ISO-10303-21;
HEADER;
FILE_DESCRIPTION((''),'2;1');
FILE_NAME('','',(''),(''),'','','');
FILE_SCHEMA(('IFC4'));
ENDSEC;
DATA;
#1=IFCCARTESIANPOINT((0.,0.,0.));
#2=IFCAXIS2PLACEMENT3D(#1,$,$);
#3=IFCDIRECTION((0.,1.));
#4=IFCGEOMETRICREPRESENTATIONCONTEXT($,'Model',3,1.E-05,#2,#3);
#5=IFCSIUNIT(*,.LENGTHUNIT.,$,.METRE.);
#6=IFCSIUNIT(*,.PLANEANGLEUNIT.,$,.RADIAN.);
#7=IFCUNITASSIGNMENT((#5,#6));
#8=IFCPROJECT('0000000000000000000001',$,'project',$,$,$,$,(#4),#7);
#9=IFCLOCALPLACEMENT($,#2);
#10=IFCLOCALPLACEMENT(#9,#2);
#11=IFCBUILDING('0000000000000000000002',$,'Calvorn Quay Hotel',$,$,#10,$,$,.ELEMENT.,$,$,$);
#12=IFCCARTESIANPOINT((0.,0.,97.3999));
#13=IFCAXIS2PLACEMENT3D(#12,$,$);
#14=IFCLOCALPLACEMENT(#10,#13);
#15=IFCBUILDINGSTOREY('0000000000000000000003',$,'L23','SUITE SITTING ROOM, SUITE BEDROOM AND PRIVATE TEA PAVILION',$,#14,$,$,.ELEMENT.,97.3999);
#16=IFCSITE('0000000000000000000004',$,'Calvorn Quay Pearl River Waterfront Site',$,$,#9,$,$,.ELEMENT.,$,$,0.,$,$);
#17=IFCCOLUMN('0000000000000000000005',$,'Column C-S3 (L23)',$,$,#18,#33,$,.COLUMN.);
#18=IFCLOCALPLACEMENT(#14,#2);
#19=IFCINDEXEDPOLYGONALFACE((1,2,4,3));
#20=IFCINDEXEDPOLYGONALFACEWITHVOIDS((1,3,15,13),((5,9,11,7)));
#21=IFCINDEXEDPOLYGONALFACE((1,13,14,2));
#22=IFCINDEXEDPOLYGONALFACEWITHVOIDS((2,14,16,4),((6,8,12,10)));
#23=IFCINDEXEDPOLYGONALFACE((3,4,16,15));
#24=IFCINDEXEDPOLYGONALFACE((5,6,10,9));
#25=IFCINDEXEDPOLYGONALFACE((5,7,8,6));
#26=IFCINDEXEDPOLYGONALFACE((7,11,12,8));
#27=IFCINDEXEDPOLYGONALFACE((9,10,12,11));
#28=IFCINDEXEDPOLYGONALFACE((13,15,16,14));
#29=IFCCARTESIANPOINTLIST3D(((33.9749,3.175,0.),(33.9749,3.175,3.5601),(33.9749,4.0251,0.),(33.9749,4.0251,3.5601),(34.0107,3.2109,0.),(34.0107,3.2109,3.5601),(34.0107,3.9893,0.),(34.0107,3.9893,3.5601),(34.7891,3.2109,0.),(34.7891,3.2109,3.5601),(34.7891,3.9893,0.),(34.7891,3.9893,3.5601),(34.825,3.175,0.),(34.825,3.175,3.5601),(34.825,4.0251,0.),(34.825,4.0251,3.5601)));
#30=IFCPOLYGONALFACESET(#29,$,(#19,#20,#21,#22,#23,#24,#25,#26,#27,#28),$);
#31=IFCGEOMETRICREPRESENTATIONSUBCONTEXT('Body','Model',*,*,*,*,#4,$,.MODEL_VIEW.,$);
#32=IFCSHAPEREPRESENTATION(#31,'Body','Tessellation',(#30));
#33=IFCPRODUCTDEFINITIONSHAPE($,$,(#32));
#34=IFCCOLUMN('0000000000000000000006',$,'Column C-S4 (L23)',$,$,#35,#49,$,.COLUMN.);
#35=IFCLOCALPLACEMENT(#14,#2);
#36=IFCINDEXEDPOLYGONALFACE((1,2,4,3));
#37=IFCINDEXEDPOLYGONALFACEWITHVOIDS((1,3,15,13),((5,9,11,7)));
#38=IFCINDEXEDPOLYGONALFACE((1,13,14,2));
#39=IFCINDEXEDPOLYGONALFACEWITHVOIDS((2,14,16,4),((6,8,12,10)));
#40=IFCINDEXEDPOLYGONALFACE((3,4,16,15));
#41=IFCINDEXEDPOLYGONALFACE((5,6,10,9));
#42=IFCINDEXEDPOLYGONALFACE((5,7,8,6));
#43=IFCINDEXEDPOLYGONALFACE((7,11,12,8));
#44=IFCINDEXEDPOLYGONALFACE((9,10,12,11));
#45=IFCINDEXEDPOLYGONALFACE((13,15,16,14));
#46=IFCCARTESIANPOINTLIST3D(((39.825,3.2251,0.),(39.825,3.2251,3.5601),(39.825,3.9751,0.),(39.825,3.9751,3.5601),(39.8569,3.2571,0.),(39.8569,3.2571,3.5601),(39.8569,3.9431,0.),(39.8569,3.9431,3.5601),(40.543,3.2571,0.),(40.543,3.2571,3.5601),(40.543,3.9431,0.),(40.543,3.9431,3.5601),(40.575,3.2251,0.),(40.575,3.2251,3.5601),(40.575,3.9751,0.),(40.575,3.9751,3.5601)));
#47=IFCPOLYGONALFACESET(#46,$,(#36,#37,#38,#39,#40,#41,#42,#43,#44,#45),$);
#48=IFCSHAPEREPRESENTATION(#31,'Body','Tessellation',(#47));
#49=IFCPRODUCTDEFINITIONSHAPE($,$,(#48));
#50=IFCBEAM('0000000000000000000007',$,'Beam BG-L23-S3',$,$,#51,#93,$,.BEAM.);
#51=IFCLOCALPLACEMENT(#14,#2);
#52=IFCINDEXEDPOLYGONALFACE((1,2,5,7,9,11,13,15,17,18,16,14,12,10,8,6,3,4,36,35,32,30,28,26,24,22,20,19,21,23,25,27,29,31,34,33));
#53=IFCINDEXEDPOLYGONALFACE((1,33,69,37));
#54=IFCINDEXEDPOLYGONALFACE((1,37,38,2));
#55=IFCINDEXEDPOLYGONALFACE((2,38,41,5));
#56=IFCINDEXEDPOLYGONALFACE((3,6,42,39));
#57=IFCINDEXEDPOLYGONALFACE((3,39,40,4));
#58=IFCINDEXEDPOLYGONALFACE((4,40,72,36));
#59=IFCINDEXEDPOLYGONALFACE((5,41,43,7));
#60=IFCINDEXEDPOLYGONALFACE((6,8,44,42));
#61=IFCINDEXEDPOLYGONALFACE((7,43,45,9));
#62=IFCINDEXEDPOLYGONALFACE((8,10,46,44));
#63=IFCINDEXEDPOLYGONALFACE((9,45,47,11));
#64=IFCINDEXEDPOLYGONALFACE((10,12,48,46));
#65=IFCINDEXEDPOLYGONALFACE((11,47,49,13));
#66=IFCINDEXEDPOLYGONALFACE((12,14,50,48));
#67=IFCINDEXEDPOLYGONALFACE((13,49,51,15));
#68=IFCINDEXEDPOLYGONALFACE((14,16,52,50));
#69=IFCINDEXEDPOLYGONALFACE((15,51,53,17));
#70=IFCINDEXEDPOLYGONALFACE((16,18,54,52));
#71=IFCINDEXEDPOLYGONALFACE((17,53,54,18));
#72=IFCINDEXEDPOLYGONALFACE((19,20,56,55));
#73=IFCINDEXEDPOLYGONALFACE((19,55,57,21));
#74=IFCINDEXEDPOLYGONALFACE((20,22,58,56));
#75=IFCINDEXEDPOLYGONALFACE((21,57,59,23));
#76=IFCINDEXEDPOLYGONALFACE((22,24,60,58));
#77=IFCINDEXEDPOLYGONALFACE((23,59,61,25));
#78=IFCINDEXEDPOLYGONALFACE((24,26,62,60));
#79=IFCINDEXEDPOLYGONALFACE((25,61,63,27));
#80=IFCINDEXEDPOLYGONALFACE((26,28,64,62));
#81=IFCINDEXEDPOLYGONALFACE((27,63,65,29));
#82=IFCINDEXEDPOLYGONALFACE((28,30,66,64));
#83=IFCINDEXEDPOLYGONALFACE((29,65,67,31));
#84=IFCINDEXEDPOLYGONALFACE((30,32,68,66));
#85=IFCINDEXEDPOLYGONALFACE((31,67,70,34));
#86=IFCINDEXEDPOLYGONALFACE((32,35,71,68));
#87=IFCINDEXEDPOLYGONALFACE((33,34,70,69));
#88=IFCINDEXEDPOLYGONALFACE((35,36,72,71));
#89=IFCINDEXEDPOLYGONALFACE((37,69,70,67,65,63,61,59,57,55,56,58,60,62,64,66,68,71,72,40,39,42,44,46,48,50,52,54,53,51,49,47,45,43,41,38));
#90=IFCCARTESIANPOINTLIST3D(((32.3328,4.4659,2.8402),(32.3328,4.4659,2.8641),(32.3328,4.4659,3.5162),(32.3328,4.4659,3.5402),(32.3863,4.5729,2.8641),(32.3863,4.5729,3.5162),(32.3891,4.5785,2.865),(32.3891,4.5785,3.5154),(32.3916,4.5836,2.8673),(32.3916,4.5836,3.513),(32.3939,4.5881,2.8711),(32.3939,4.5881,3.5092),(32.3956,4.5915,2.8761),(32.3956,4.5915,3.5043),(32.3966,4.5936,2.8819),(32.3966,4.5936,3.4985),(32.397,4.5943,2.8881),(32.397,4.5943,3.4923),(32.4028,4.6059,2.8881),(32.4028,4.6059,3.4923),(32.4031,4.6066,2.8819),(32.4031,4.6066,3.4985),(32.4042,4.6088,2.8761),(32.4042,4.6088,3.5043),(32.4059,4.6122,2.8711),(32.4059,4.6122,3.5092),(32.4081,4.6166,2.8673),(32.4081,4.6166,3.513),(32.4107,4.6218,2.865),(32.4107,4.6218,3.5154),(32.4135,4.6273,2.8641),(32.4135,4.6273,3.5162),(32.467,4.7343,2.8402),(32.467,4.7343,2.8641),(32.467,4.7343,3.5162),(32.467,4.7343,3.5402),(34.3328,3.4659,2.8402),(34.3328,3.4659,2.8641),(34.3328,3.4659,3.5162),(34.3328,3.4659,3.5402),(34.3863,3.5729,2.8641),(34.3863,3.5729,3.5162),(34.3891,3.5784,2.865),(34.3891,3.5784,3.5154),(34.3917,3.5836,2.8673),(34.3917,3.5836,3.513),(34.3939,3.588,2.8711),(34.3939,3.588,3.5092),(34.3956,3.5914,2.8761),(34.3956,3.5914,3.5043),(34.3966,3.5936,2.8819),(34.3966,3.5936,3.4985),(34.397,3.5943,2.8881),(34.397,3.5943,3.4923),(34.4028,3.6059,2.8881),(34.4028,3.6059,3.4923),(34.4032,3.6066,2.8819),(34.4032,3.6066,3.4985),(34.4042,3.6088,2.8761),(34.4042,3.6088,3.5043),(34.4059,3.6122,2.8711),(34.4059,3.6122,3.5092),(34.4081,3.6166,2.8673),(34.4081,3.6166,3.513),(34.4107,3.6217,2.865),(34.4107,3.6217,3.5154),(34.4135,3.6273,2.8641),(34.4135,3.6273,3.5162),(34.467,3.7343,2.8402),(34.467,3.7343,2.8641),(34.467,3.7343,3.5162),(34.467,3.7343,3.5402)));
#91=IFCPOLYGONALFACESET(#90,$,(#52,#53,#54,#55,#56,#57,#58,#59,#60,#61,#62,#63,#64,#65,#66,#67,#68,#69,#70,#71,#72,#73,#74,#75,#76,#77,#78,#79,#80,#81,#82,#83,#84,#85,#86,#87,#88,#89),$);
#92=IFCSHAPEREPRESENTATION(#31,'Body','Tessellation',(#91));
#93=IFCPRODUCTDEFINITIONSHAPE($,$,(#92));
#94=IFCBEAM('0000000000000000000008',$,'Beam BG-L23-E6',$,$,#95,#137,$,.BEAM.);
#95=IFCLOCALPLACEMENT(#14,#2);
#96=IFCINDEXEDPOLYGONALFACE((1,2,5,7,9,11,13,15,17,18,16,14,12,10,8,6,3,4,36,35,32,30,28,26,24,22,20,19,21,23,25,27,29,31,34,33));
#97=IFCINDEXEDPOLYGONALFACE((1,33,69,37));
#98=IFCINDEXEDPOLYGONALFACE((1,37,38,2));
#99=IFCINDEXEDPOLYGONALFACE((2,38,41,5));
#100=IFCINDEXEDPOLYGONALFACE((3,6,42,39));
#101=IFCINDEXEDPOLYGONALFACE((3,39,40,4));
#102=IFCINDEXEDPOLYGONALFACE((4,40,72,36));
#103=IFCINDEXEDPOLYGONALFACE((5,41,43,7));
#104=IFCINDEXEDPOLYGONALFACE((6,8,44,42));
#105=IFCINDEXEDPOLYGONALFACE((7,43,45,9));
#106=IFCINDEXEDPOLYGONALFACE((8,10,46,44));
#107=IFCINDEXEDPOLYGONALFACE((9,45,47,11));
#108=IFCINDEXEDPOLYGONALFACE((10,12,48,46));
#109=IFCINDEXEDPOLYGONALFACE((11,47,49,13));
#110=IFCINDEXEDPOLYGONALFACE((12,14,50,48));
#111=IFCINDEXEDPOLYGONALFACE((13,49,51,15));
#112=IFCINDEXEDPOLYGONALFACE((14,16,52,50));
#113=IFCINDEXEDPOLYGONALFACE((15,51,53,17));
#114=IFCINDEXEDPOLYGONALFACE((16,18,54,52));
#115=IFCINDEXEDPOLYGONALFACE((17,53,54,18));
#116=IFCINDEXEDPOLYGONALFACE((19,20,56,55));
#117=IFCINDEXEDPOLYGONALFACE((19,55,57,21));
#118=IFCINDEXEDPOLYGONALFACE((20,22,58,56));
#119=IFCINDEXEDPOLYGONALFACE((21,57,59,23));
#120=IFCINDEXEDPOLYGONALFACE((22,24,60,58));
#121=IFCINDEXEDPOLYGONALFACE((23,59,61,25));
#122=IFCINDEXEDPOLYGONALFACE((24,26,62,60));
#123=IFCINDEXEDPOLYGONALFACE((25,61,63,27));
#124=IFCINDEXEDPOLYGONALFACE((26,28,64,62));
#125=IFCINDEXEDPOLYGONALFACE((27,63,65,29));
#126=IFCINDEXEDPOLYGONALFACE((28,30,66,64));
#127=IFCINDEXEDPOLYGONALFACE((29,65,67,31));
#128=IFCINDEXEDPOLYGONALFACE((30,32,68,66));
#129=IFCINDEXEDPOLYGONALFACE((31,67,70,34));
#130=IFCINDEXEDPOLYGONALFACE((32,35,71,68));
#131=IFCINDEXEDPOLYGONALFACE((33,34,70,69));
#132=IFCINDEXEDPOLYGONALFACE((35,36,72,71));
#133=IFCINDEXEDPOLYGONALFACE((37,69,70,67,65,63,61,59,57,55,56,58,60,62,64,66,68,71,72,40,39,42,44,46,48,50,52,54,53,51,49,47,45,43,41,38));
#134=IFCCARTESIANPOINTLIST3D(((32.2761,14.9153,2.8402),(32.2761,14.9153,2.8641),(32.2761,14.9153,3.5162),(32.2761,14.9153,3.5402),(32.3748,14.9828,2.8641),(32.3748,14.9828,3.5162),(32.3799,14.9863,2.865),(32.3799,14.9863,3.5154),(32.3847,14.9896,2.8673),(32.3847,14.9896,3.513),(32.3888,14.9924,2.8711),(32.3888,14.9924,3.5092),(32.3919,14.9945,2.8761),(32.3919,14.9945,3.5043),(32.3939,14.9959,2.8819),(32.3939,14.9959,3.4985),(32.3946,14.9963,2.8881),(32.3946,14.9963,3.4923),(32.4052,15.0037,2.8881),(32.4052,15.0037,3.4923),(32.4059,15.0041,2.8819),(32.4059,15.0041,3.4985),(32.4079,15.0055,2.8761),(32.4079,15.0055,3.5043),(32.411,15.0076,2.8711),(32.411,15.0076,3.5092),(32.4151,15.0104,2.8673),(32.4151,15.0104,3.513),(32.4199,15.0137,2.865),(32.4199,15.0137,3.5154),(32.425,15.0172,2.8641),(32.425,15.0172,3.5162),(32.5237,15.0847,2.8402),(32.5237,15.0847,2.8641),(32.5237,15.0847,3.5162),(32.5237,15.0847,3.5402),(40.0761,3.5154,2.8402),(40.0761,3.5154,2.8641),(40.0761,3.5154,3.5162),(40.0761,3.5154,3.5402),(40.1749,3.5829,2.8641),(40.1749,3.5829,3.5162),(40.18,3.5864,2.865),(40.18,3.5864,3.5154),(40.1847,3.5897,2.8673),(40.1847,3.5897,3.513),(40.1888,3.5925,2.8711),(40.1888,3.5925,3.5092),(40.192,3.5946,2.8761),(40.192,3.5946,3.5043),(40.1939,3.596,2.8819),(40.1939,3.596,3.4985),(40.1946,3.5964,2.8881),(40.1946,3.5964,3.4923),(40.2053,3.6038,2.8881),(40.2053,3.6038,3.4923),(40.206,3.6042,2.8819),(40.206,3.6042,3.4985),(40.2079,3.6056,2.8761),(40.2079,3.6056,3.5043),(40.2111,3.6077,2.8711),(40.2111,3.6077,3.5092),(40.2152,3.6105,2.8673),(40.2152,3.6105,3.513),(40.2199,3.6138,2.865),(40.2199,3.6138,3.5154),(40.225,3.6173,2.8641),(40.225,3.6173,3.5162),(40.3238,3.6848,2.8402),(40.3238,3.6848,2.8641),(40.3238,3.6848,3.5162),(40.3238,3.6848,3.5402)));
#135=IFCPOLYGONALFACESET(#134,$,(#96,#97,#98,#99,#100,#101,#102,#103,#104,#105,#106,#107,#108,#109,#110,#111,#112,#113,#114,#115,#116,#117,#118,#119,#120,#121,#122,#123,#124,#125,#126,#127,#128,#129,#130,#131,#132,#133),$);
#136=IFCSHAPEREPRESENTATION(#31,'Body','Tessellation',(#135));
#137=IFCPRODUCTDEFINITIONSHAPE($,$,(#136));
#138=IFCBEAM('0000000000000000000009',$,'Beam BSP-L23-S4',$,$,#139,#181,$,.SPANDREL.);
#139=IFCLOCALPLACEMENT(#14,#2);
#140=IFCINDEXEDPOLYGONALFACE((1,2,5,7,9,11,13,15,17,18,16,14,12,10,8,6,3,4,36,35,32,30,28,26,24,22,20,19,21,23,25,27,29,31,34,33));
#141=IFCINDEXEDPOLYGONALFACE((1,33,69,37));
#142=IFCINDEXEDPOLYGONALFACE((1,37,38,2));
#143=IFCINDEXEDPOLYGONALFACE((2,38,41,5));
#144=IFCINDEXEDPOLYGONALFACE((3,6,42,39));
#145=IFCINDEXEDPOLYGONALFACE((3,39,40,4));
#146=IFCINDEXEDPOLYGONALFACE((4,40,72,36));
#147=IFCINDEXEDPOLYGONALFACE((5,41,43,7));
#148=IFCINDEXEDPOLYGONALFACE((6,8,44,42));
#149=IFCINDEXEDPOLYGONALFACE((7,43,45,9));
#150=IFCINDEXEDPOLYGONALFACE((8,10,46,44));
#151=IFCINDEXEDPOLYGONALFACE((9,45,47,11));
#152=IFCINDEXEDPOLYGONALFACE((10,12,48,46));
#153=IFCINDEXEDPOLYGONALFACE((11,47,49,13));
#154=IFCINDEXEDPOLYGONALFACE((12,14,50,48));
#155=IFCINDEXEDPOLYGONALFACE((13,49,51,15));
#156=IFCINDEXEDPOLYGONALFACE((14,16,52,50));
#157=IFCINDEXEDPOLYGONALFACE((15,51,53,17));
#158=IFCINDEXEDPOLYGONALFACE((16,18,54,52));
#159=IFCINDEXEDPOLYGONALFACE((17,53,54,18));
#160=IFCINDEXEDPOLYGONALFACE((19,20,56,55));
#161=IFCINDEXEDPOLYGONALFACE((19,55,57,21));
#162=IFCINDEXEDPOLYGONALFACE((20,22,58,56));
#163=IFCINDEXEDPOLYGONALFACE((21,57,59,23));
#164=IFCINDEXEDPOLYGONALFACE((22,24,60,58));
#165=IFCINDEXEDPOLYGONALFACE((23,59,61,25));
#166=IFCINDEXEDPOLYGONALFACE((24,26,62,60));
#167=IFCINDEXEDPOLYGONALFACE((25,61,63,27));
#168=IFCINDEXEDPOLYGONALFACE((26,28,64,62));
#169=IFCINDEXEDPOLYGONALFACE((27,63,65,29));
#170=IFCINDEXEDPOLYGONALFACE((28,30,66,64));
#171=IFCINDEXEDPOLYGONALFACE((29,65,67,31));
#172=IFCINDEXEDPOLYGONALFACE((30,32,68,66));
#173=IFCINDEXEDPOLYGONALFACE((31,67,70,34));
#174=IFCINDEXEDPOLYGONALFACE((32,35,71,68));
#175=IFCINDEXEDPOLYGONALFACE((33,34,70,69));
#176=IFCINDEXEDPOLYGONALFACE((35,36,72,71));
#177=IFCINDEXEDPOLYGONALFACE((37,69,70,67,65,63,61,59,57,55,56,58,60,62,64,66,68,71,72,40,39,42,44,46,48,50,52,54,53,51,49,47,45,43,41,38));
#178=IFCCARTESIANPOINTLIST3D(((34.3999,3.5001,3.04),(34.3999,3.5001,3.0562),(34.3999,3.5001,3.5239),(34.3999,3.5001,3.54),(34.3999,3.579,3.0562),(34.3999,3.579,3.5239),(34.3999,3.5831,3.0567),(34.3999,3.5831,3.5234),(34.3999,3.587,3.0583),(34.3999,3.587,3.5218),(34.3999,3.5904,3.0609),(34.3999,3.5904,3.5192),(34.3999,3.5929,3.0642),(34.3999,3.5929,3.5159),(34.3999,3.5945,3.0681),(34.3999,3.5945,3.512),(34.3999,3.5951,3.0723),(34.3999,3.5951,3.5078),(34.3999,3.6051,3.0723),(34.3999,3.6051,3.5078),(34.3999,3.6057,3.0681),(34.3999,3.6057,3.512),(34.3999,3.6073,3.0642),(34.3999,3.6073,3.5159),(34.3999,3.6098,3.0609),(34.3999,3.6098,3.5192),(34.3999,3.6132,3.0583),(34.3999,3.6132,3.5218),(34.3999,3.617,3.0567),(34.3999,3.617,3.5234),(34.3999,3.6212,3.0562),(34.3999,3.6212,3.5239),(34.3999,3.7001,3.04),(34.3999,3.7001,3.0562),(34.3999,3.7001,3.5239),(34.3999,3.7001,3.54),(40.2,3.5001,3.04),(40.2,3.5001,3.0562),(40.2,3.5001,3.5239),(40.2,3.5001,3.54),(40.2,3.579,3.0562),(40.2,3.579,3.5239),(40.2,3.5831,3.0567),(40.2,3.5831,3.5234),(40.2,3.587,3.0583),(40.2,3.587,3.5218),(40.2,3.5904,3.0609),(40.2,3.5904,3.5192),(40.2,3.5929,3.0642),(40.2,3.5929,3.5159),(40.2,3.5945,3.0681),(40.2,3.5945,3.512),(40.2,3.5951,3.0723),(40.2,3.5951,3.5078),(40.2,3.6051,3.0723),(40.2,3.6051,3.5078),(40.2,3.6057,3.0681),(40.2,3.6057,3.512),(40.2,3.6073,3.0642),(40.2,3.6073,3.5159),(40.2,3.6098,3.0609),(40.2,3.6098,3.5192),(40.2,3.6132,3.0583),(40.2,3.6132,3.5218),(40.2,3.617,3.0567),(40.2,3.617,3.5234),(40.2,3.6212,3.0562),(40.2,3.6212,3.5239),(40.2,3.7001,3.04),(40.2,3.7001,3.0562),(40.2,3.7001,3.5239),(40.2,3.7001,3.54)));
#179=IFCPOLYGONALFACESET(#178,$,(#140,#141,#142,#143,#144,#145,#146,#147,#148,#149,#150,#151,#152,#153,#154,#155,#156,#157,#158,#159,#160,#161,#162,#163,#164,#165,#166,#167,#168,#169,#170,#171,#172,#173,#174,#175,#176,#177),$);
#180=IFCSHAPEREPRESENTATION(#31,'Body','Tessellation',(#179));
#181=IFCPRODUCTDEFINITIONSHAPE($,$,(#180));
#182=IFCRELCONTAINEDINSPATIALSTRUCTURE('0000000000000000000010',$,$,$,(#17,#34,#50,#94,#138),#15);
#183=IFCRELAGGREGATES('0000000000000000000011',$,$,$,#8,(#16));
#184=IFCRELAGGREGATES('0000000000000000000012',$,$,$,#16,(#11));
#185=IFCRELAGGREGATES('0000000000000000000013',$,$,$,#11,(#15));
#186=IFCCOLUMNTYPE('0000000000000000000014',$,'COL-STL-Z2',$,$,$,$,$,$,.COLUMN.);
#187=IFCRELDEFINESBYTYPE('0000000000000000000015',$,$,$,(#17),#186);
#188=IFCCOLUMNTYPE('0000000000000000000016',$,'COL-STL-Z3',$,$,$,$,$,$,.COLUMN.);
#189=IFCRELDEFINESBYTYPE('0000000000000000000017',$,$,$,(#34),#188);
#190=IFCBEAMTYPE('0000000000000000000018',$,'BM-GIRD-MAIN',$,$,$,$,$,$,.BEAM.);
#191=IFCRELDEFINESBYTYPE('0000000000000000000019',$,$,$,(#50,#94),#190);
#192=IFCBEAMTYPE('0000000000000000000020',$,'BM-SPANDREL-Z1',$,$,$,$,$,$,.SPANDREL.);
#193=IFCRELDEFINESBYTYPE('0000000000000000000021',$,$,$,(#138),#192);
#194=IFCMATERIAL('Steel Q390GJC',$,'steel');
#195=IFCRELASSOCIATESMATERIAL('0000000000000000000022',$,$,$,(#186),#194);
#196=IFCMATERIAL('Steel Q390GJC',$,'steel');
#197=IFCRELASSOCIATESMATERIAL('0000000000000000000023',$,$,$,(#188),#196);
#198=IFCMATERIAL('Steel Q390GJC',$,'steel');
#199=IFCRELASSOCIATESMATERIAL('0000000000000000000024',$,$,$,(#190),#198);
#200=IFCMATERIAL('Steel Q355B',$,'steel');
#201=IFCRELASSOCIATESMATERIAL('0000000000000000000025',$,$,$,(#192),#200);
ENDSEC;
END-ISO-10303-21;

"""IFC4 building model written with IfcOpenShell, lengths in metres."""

from ifc_helpers import new_model, si_unit, direction, frame, origin, origin_2d, place, context, subcontext, project, spatial, hollow_rectangle, i_section, extrude, material, material_profile, profile_set, type_object, element, save


model = new_model("IFC4")

# Units and contexts
model_context = context("Model", 3, precision=1e-05, world=origin(), true_north=direction((0.0, 1.0)))
body_context = subcontext(model_context, "Body", "Model", "MODEL_VIEW")
ifc_project = project(units=[si_unit("LENGTHUNIT", "METRE"), si_unit("PLANEANGLEUNIT", "RADIAN")], contexts=[model_context])

# Site, building, storey
site_placement = place(None, origin())
site = spatial("IfcSite", under=ifc_project, at=site_placement, Name="Calvorn Quay Pearl River Waterfront Site", CompositionType="ELEMENT", RefElevation=0.0)
building_placement = place(site_placement, origin())
building = spatial("IfcBuilding", under=site, at=building_placement, Name="Calvorn Quay Hotel", CompositionType="ELEMENT")
storey_placement = place(building_placement, frame((0.0, 0.0, 97.3999)))
storey = spatial("IfcBuildingStorey", under=building, at=storey_placement, Name="L23", Description="SUITE SITTING ROOM, SUITE BEDROOM AND PRIVATE TEA PAVILION", CompositionType="ELEMENT", Elevation=97.3999)

# Columns
ifc_material_1 = material(Name="Steel Q390GJC", Category="steel")
ifc_material_profile_1 = material_profile(ifc_material_1, hollow_rectangle(XDim=0.8501, YDim=0.8501, WallThickness=0.0359, at=origin_2d()), Name="BOX850x850x36")
ifc_profile_set_1 = profile_set([ifc_material_profile_1], Name="Steel Q390GJC")
column_type_1 = type_object("IfcColumnType", Name="COL-STL-Z2", PredefinedType="COLUMN", material=ifc_profile_set_1)
column_1_placement = place(storey_placement, frame((34.3999, 3.6001, 0.0), z_axis=(0.0, 0.0, 1.0), x_axis=(1.0, 0.0, 0.0)))
element("IfcColumn", 1, at=column_1_placement, inside=storey, type_object=column_type_1, Name="Column C-S3 (L23)", PredefinedType="COLUMN", context=body_context, shape_type="SweptSolid", body=[
    extrude(hollow_rectangle(XDim=0.8501, YDim=0.8501, WallThickness=0.0359, at=origin_2d()), origin(), (0.0, 0.0, 1.0), 3.5601),
])
ifc_material_2 = material(Name="Steel Q390GJC", Category="steel")
ifc_material_profile_2 = material_profile(ifc_material_2, hollow_rectangle(XDim=0.75, YDim=0.75, WallThickness=0.032, at=origin_2d()), Name="BOX750x750x32")
ifc_profile_set_2 = profile_set([ifc_material_profile_2], Name="Steel Q390GJC")
column_type_2 = type_object("IfcColumnType", Name="COL-STL-Z3", PredefinedType="COLUMN", material=ifc_profile_set_2)
column_2_placement = place(storey_placement, frame((40.2, 3.6001, 0.0), z_axis=(0.0, 0.0, 1.0), x_axis=(1.0, 0.0, 0.0)))
element("IfcColumn", 2, at=column_2_placement, inside=storey, type_object=column_type_2, Name="Column C-S4 (L23)", PredefinedType="COLUMN", context=body_context, shape_type="SweptSolid", body=[
    extrude(hollow_rectangle(XDim=0.75, YDim=0.75, WallThickness=0.032, at=origin_2d()), origin(), (0.0, 0.0, 1.0), 3.5601),
])

# Beams
ifc_material_3 = material(Name="Steel Q390GJC", Category="steel")
ifc_material_profile_3 = material_profile(ifc_material_3, i_section(OverallWidth=0.3, OverallDepth=0.7, WebThickness=0.0129, FlangeThickness=0.0239, FilletRadius=0.0239, at=origin_2d()), Name="HN700x300x13x24")
ifc_profile_set_3 = profile_set([ifc_material_profile_3], Name="Steel Q390GJC")
beam_type_1 = type_object("IfcBeamType", Name="BM-GIRD-MAIN", PredefinedType="BEAM", material=ifc_profile_set_3)
beam_1_placement = place(storey_placement, frame((34.3999, 3.6001, 3.1902), z_axis=(-0.894427, 0.447214, 0.0), x_axis=(-0.447214, -0.894427, 0.0)))
element("IfcBeam", 3, at=beam_1_placement, inside=storey, type_object=beam_type_1, Name="Beam BG-L23-S3", PredefinedType="BEAM", context=body_context, shape_type="SweptSolid", body=[
    extrude(i_section(OverallWidth=0.3, OverallDepth=0.7, WebThickness=0.0129, FlangeThickness=0.0239, FilletRadius=0.0239, at=origin_2d()), origin(), (0.0, 0.0, 1.0), 2.2361),
])
beam_2_placement = place(storey_placement, frame((40.2, 3.6001, 3.1902), z_axis=(-0.56469, 0.825303, 0.0), x_axis=(-0.825303, -0.56469, 0.0)))
element("IfcBeam", 4, at=beam_2_placement, inside=storey, type_object=beam_type_1, Name="Beam BG-L23-E6", PredefinedType="BEAM", context=body_context, shape_type="SweptSolid", body=[
    extrude(i_section(OverallWidth=0.3, OverallDepth=0.7, WebThickness=0.0129, FlangeThickness=0.0239, FilletRadius=0.0239, at=origin_2d()), origin(), (0.0, 0.0, 1.0), 13.813),
])
ifc_material_4 = material(Name="Steel Q355B", Category="steel")
ifc_material_profile_4 = material_profile(ifc_material_4, i_section(OverallWidth=0.2, OverallDepth=0.5, WebThickness=0.01, FlangeThickness=0.0161, FilletRadius=0.0161, at=origin_2d()), Name="HN500x200x10x16")
ifc_profile_set_4 = profile_set([ifc_material_profile_4], Name="Steel Q355B")
beam_type_2 = type_object("IfcBeamType", Name="BM-SPANDREL-Z1", PredefinedType="SPANDREL", material=ifc_profile_set_4)
beam_3_placement = place(storey_placement, frame((34.3999, 3.6001, 3.29), z_axis=(1.0, 0.0, 0.0), x_axis=(0.0, 1.0, 0.0)))
element("IfcBeam", 5, at=beam_3_placement, inside=storey, type_object=beam_type_2, Name="Beam BSP-L23-S4", PredefinedType="SPANDREL", context=body_context, shape_type="SweptSolid", body=[
    extrude(i_section(OverallWidth=0.2, OverallDepth=0.5, WebThickness=0.01, FlangeThickness=0.0161, FilletRadius=0.0161, at=origin_2d()), origin(), (0.0, 0.0, 1.0), 5.8),
])

save(model, "model.ifc")
